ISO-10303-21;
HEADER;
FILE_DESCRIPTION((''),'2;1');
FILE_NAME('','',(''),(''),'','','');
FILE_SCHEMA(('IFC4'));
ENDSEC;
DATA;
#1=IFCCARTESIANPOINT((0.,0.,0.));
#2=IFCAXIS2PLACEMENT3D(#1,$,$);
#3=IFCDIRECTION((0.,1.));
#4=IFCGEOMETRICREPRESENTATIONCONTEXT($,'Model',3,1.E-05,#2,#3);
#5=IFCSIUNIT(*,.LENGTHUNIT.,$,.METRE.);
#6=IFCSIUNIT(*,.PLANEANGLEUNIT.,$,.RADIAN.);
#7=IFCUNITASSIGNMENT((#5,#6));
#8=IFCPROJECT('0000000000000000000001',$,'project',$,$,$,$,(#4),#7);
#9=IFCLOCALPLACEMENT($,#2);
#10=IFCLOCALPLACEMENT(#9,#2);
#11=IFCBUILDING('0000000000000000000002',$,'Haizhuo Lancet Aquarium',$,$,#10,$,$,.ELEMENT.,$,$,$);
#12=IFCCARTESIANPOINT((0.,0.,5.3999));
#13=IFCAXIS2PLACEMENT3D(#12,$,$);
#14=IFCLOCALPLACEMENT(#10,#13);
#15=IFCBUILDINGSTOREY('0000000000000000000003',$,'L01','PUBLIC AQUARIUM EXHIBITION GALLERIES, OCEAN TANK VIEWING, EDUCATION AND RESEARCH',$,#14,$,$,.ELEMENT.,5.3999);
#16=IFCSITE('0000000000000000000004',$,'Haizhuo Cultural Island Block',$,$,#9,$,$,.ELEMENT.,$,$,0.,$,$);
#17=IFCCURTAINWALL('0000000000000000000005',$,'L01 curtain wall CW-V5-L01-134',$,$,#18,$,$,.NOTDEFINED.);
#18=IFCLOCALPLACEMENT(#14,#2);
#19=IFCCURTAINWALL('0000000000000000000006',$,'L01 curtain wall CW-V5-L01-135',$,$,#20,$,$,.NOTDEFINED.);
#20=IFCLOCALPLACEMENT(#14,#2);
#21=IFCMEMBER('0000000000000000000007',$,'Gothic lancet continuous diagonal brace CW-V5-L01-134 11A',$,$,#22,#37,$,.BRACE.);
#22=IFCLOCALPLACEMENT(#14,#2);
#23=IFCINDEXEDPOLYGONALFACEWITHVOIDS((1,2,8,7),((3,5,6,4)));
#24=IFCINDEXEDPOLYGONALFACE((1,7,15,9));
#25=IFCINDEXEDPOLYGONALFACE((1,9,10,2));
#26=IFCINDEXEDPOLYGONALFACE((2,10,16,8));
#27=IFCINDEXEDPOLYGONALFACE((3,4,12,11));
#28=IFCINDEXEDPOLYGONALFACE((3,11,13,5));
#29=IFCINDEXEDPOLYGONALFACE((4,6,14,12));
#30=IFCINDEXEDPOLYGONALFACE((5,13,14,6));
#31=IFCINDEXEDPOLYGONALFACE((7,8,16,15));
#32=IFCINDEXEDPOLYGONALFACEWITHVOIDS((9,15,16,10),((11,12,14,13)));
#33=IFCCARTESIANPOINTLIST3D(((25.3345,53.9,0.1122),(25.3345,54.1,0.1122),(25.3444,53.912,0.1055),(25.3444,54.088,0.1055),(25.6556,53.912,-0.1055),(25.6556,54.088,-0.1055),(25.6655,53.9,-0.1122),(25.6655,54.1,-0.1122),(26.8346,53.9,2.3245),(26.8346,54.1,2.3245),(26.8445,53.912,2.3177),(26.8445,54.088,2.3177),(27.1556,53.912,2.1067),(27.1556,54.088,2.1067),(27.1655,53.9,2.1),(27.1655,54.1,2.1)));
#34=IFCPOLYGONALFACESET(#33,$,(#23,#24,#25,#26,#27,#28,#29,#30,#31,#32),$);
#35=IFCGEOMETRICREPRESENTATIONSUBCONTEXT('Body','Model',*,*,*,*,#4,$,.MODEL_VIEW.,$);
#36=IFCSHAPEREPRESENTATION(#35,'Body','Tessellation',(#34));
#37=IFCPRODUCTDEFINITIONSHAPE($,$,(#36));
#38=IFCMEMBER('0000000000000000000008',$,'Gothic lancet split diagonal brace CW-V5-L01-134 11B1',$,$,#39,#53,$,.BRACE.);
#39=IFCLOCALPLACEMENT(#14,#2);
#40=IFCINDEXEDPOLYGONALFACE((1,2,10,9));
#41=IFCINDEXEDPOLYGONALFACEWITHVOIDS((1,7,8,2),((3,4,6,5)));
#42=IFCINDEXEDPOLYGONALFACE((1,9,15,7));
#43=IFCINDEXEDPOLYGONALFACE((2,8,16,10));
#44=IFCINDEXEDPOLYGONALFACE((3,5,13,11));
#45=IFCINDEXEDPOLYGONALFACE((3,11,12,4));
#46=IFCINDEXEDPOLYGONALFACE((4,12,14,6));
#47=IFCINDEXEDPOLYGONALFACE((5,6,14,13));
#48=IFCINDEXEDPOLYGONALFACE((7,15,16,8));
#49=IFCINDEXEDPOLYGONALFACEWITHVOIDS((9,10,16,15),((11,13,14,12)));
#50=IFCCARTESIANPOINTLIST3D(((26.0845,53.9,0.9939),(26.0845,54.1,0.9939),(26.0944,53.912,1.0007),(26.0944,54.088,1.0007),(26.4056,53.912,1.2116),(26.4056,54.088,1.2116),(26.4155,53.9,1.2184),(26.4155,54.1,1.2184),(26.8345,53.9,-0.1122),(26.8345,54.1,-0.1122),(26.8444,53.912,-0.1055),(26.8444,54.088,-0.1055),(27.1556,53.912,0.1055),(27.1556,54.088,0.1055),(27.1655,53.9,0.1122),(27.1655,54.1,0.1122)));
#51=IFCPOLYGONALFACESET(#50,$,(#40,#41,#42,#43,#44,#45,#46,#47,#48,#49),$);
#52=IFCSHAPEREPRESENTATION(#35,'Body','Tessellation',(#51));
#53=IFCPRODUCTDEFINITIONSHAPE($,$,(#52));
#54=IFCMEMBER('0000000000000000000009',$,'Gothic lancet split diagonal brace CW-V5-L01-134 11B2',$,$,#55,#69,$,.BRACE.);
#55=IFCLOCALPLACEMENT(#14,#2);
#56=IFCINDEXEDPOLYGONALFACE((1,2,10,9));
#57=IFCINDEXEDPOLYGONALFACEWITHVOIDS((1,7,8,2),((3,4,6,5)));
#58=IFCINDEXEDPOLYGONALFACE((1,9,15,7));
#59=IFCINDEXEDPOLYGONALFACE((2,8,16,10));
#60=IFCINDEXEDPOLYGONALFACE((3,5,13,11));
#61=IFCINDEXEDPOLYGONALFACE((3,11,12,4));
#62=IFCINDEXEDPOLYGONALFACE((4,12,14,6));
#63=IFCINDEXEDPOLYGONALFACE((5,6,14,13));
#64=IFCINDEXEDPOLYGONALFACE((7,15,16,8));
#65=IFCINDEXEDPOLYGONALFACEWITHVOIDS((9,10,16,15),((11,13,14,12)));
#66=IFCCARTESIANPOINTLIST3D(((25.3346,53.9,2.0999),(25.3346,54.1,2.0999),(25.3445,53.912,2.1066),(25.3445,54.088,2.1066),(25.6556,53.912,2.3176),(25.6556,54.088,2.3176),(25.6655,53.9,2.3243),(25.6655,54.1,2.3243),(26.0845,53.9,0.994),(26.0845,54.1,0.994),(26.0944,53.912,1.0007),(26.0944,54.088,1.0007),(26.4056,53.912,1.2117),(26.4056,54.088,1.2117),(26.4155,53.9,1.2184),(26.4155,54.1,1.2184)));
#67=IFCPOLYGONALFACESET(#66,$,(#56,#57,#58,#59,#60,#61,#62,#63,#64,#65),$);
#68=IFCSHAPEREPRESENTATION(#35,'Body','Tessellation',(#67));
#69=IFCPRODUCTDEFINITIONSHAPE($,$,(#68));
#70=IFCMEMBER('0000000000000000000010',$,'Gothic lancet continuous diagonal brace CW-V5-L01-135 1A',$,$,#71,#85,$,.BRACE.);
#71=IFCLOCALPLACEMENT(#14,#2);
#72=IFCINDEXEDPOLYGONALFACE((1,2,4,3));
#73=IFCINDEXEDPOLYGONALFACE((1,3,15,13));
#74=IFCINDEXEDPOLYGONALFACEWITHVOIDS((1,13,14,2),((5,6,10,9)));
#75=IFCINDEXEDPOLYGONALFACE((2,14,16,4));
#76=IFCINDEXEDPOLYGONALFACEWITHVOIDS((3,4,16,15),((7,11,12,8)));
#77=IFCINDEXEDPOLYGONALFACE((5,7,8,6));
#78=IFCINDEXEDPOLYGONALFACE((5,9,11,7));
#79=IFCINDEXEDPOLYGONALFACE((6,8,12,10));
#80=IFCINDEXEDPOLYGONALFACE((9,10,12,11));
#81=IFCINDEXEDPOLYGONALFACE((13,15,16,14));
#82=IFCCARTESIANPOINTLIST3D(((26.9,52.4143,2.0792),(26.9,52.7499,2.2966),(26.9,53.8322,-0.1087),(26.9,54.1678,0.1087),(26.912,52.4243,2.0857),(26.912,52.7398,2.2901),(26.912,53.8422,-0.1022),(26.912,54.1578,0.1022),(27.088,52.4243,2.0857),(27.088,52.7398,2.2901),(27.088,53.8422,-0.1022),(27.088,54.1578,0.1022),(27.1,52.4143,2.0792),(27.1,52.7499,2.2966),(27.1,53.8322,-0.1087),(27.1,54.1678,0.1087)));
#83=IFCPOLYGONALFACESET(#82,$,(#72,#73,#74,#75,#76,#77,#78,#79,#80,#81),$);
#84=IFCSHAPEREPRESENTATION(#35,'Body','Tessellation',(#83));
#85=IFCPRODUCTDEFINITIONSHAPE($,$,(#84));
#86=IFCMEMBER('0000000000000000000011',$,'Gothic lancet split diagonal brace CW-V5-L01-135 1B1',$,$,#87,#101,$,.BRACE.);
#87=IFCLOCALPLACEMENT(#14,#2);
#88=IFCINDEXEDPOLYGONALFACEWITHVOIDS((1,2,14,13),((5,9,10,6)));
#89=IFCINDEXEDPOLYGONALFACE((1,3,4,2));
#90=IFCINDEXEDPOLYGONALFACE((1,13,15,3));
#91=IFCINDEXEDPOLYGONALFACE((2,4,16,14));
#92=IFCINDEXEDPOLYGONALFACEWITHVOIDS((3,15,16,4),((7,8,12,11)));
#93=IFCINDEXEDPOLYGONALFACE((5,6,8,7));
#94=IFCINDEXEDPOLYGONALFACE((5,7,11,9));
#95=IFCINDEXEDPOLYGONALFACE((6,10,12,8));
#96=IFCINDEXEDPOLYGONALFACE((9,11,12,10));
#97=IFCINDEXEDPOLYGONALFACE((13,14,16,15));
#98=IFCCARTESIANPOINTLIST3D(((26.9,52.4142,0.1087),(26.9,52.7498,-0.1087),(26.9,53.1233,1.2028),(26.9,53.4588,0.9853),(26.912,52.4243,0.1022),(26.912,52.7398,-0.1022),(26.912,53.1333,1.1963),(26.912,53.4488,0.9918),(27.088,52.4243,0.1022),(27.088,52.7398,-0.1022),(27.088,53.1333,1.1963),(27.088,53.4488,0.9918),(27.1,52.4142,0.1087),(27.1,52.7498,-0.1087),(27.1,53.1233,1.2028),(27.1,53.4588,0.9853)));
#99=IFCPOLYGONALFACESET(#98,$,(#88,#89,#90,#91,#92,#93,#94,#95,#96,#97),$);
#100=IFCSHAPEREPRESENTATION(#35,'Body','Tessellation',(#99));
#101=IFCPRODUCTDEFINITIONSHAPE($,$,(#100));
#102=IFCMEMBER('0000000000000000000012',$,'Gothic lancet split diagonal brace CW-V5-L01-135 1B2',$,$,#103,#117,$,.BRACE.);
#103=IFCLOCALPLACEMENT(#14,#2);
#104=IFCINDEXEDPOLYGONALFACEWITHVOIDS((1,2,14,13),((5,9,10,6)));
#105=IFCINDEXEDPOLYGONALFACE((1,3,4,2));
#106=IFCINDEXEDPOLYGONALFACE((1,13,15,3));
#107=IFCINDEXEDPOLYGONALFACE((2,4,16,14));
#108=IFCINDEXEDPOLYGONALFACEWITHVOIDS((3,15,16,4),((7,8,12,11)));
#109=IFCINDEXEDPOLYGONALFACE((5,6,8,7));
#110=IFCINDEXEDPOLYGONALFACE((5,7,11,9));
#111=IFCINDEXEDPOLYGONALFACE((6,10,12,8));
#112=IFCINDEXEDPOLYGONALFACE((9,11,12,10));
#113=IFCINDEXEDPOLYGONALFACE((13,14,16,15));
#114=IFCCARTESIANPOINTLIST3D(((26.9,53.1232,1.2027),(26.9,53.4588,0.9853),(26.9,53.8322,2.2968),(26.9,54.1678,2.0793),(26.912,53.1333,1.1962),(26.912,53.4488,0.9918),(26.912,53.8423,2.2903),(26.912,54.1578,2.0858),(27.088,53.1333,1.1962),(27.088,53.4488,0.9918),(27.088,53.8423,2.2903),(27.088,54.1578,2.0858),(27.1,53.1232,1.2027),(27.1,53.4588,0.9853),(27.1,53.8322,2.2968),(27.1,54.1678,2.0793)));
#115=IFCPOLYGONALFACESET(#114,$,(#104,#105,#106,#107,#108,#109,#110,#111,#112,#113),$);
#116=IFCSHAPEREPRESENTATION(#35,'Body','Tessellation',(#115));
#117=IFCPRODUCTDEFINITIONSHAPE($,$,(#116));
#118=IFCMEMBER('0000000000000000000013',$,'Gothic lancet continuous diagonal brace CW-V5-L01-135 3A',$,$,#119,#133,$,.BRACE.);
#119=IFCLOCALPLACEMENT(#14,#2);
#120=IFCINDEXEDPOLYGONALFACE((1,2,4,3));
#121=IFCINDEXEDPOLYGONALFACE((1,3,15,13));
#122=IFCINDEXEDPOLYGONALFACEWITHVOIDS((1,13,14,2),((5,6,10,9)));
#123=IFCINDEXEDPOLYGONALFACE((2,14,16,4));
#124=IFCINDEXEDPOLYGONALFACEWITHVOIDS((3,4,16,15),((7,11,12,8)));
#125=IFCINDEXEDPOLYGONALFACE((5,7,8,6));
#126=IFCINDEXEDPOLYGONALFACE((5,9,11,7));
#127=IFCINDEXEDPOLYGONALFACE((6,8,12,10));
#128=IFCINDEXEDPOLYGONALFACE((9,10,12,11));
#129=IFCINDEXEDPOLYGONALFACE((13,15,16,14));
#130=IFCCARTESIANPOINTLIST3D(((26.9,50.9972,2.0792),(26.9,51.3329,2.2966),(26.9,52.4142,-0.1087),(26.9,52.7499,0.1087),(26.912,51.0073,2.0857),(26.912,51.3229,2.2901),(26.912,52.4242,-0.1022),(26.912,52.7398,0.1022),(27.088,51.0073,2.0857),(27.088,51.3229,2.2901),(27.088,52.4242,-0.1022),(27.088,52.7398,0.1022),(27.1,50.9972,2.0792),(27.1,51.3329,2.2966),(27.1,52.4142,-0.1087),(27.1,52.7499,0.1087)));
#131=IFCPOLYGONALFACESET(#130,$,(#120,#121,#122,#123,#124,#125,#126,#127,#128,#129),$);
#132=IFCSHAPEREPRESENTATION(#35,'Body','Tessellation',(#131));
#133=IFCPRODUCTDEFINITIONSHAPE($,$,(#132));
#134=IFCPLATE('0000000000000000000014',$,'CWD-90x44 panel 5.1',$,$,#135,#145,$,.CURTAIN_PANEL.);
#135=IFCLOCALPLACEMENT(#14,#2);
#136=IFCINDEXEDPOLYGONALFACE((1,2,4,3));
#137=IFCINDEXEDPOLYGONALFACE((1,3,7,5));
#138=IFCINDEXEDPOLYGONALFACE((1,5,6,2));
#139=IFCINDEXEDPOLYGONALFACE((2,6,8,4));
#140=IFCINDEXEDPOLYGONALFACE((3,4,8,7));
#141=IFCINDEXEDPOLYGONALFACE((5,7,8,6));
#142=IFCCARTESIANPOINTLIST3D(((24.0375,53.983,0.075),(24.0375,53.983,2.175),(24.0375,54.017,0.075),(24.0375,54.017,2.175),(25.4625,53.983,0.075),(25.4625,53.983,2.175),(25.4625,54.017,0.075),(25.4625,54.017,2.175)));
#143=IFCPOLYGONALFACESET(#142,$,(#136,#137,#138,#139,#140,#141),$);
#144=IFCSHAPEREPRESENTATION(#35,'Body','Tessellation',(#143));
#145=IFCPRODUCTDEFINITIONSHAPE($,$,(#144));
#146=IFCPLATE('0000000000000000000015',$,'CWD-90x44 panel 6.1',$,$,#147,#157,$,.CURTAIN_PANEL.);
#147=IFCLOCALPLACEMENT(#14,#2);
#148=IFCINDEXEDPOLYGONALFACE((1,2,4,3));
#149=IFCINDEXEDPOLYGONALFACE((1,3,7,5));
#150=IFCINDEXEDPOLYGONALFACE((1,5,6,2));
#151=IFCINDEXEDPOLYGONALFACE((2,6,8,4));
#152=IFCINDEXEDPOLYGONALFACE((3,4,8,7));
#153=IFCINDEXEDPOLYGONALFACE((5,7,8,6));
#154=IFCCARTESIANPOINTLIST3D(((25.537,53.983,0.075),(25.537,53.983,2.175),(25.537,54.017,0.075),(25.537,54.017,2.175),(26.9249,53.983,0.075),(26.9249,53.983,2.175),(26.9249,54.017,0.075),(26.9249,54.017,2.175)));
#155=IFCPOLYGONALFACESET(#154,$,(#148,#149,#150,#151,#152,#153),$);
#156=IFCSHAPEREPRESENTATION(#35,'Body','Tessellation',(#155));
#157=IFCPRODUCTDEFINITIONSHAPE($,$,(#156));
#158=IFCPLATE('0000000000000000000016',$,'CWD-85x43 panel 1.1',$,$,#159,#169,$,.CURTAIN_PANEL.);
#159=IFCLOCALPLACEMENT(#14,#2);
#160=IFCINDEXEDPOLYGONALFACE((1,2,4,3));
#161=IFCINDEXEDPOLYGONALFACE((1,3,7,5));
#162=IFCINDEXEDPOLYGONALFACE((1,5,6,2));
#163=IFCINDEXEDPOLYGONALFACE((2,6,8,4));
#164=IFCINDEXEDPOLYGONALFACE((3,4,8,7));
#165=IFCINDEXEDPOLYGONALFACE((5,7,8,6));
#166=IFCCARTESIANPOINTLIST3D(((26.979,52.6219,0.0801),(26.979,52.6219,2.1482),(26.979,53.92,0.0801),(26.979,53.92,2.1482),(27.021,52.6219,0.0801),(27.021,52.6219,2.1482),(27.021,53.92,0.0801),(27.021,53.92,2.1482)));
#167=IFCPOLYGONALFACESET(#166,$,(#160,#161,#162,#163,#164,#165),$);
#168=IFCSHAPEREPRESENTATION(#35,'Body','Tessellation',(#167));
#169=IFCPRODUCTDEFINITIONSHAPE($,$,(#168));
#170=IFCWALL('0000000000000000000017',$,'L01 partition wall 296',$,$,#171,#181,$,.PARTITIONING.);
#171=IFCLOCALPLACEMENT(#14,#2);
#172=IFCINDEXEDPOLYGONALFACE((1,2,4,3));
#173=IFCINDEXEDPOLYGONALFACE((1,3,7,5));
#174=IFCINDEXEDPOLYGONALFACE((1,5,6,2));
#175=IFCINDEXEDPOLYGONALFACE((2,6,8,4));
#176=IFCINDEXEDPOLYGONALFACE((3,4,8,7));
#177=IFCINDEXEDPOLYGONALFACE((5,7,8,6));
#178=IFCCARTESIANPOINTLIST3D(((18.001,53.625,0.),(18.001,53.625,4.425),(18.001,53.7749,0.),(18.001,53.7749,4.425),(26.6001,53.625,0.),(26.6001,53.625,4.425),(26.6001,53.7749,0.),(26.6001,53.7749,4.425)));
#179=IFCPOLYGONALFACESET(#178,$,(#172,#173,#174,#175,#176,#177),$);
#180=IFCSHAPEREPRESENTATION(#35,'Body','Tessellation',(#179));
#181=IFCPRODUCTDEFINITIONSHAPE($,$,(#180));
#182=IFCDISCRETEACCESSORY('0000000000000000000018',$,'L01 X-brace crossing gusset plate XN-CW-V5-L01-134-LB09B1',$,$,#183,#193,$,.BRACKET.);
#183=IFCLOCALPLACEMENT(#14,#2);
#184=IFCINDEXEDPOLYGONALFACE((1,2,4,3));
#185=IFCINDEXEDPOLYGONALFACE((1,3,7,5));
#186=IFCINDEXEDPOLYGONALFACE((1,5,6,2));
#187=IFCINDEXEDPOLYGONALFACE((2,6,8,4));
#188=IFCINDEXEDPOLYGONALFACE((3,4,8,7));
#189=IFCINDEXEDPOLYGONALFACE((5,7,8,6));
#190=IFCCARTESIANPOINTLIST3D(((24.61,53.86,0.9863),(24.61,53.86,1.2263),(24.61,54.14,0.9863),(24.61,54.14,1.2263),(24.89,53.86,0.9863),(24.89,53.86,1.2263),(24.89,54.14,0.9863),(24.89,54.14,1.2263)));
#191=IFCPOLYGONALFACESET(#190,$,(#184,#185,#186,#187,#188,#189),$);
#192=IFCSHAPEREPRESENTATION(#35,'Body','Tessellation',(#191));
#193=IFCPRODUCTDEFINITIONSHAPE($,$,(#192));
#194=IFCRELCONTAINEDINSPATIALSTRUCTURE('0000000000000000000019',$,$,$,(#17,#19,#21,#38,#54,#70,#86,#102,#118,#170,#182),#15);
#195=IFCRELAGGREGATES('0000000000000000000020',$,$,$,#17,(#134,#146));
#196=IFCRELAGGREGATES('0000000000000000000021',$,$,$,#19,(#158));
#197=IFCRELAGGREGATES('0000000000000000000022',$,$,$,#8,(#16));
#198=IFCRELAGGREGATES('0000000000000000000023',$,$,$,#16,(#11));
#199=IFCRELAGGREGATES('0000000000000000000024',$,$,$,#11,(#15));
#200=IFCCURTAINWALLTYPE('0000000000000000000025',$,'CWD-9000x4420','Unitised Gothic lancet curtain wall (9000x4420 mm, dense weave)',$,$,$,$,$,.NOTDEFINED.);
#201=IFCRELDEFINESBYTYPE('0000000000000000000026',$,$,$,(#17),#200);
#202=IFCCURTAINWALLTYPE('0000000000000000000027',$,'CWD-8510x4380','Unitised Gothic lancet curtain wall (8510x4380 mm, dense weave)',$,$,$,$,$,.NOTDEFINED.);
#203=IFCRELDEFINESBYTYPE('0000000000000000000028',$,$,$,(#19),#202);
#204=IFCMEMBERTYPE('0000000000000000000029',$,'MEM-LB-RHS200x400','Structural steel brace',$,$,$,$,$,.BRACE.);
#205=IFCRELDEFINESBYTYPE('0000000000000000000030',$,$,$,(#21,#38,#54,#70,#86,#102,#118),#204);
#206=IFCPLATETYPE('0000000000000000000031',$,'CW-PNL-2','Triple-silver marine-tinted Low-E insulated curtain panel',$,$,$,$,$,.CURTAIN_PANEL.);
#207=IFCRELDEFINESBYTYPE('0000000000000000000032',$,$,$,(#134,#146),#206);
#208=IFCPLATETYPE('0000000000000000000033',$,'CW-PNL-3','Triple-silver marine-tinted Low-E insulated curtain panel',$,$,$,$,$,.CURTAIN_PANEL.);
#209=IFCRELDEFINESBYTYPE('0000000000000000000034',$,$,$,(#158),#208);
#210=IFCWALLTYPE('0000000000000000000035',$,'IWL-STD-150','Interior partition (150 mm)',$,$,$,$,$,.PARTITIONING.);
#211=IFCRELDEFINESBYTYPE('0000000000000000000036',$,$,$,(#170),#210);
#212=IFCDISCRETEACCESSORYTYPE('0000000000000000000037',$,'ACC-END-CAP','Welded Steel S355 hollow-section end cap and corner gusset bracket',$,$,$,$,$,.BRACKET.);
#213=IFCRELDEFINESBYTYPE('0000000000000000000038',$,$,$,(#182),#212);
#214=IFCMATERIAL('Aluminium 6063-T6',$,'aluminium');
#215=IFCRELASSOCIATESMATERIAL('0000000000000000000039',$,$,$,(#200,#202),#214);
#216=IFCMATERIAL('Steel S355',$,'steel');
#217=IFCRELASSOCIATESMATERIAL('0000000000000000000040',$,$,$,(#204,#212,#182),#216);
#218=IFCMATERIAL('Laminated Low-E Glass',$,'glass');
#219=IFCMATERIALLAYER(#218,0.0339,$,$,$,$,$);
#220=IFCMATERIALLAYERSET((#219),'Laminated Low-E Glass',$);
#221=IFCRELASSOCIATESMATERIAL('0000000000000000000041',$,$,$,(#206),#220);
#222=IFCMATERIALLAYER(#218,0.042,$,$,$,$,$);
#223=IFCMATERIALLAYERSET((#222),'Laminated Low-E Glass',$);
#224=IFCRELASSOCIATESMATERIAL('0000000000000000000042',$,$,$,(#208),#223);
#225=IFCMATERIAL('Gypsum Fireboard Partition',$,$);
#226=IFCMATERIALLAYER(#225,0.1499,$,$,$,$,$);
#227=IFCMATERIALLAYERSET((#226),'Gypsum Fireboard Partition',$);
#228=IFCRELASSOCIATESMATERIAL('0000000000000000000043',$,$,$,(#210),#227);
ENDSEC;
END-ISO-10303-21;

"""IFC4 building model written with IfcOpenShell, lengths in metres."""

from ifc_helpers import new_model, si_unit, direction, frame, frame_2d, origin, origin_2d, place, context, subcontext, project, spatial, rectangle, hollow_rectangle, extrude, material, layer, layer_set, material_profile, profile_set, type_object, element, aggregate, save


model = new_model("IFC4")

# Units and contexts
model_context = context("Model", 3, precision=1e-05, world=origin(), true_north=direction((0.0, 1.0)))
body_context = subcontext(model_context, "Body", "Model", "MODEL_VIEW")
ifc_project = project(units=[si_unit("LENGTHUNIT", "METRE"), si_unit("PLANEANGLEUNIT", "RADIAN")], contexts=[model_context])

# Site, building, storey
site_placement = place(None, origin())
site = spatial("IfcSite", under=ifc_project, at=site_placement, Name="Haizhuo Cultural Island Block", CompositionType="ELEMENT", RefElevation=0.0)
building_placement = place(site_placement, origin())
building = spatial("IfcBuilding", under=site, at=building_placement, Name="Haizhuo Lancet Aquarium", CompositionType="ELEMENT")
storey_placement = place(building_placement, frame((0.0, 0.0, 5.3999)))
storey = spatial("IfcBuildingStorey", under=building, at=storey_placement, Name="L01", Description="PUBLIC AQUARIUM EXHIBITION GALLERIES, OCEAN TANK VIEWING, EDUCATION AND RESEARCH", CompositionType="ELEMENT", Elevation=5.3999)

# Curtain walls
ifc_material_1 = material(Name="Aluminium 6063-T6", Category="aluminium")
curtain_wall_type_1 = type_object("IfcCurtainWallType", Name="CWD-9000x4420", Description="Unitised Gothic lancet curtain wall (9000x4420 mm, dense weave)", PredefinedType="NOTDEFINED", material=ifc_material_1)
curtain_wall_1_placement = place(storey_placement, origin())
curtain_wall_1 = element("IfcCurtainWall", 1, at=curtain_wall_1_placement, inside=storey, type_object=curtain_wall_type_1, Name="L01 curtain wall CW-V5-L01-134", PredefinedType="NOTDEFINED")
curtain_wall_type_2 = type_object("IfcCurtainWallType", Name="CWD-8510x4380", Description="Unitised Gothic lancet curtain wall (8510x4380 mm, dense weave)", PredefinedType="NOTDEFINED", material=ifc_material_1)
curtain_wall_2_placement = place(storey_placement, origin())
curtain_wall_2 = element("IfcCurtainWall", 2, at=curtain_wall_2_placement, inside=storey, type_object=curtain_wall_type_2, Name="L01 curtain wall CW-V5-L01-135", PredefinedType="NOTDEFINED")

# Members
ifc_material_2 = material(Name="Steel S355", Category="steel")
ifc_material_profile_1 = material_profile(ifc_material_2, hollow_rectangle(XDim=0.2, YDim=0.3999, WallThickness=0.012, at=origin_2d()), Name="RHS 200x400x12")
ifc_profile_set_1 = profile_set([ifc_material_profile_1], Name="Steel S355")
member_type_1 = type_object("IfcMemberType", Name="MEM-LB-RHS200x400", Description="Structural steel brace", PredefinedType="BRACE", material=ifc_profile_set_1)
member_1_placement = place(storey_placement, frame((25.5, 54.0, 0.0), z_axis=(0.561218, 0.0, 0.827668), x_axis=(0.0, 1.0, 0.0)))
element("IfcMember", 3, at=member_1_placement, inside=storey, type_object=member_type_1, Name="Gothic lancet continuous diagonal brace CW-V5-L01-134 11A", PredefinedType="BRACE", context=body_context, shape_type="SweptSolid", body=[
    extrude(hollow_rectangle(XDim=0.2, YDim=0.3999, WallThickness=0.012, at=origin_2d()), origin(), (0.0, 0.0, 1.0), 2.6729),
])
member_2_placement = place(storey_placement, frame((27.0, 54.0, 0.0), z_axis=(-0.561175, 0.0, 0.827697), x_axis=(0.0, -1.0, 0.0)))
element("IfcMember", 4, at=member_2_placement, inside=storey, type_object=member_type_1, Name="Gothic lancet split diagonal brace CW-V5-L01-134 11B1", PredefinedType="BRACE", context=body_context, shape_type="SweptSolid", body=[
    extrude(hollow_rectangle(XDim=0.2, YDim=0.3999, WallThickness=0.012, at=origin_2d()), origin(), (0.0, 0.0, 1.0), 1.3364),
])
member_3_placement = place(storey_placement, frame((26.25, 54.0, 1.1062), z_axis=(-0.56126, 0.0, 0.827639), x_axis=(0.0, -1.0, 0.0)))
element("IfcMember", 5, at=member_3_placement, inside=storey, type_object=member_type_1, Name="Gothic lancet split diagonal brace CW-V5-L01-134 11B2", PredefinedType="BRACE", context=body_context, shape_type="SweptSolid", body=[
    extrude(hollow_rectangle(XDim=0.2, YDim=0.3999, WallThickness=0.012, at=origin_2d()), origin(), (0.0, 0.0, 1.0), 1.3362),
])
member_4_placement = place(storey_placement, frame((27.0, 54.0, 0.0), z_axis=(0.0, -0.543849, 0.839183), x_axis=(1.0, 0.0, 0.0)))
element("IfcMember", 6, at=member_4_placement, inside=storey, type_object=member_type_1, Name="Gothic lancet continuous diagonal brace CW-V5-L01-135 1A", PredefinedType="BRACE", context=body_context, shape_type="SweptSolid", body=[
    extrude(hollow_rectangle(XDim=0.2, YDim=0.3999, WallThickness=0.012, at=origin_2d()), origin(), (0.0, 0.0, 1.0), 2.6072),
])
for number, where, z_axis, x_axis, name in (
    (7, (27.0, 52.582, 0.0), (0.0, 0.543849, 0.839183), (-1.0, 0.0, 0.0), "Gothic lancet split diagonal brace CW-V5-L01-135 1B1"),
    (8, (27.0, 53.291, 1.094), (0.0, 0.543849, 0.839183), (-1.0, 0.0, 0.0), "Gothic lancet split diagonal brace CW-V5-L01-135 1B2"),
):
    element("IfcMember", number, at=place(storey_placement, frame(where, z_axis=z_axis, x_axis=x_axis)), inside=storey, type_object=member_type_1, Name=name, PredefinedType="BRACE", context=body_context, shape_type="SweptSolid", body=[
        extrude(hollow_rectangle(XDim=0.2, YDim=0.3999, WallThickness=0.012, at=origin_2d()), origin(), (0.0, 0.0, 1.0), 1.3037),
    ])
member_5_placement = place(storey_placement, frame((27.0, 52.582, 0.0), z_axis=(0.0, -0.543585, 0.839354), x_axis=(1.0, 0.0, 0.0)))
element("IfcMember", 9, at=member_5_placement, inside=storey, type_object=member_type_1, Name="Gothic lancet continuous diagonal brace CW-V5-L01-135 3A", PredefinedType="BRACE", context=body_context, shape_type="SweptSolid", body=[
    extrude(hollow_rectangle(XDim=0.2, YDim=0.3999, WallThickness=0.012, at=origin_2d()), origin(), (0.0, 0.0, 1.0), 2.6067),
])

# Plates
ifc_material_3 = material(Name="Laminated Low-E Glass", Category="glass")
ifc_layer_1 = layer(ifc_material_3, 0.0339)
ifc_layer_set_1 = layer_set([ifc_layer_1], Name="Laminated Low-E Glass")
plate_type_1 = type_object("IfcPlateType", Name="CW-PNL-2", Description="Triple-silver marine-tinted Low-E insulated curtain panel", PredefinedType="CURTAIN_PANEL", material=ifc_layer_set_1)
plate_1_placement = place(storey_placement, frame((24.75, 54.0, 0.075), z_axis=(0.0, 0.0, 1.0), x_axis=(1.0, 0.0, 0.0)))
plate_1 = element("IfcPlate", 10, at=plate_1_placement, type_object=plate_type_1, Name="CWD-90x44 panel 5.1", PredefinedType="CURTAIN_PANEL", context=body_context, shape_type="SweptSolid", body=[
    extrude(rectangle(XDim=1.425, YDim=0.0339, at=origin_2d()), origin(), (0.0, 0.0, 1.0), 2.1001),
])
plate_2_placement = place(storey_placement, frame((26.231, 54.0, 0.075), z_axis=(0.0, 0.0, 1.0), x_axis=(1.0, 0.0, 0.0)))
plate_2 = element("IfcPlate", 11, at=plate_2_placement, type_object=plate_type_1, Name="CWD-90x44 panel 6.1", PredefinedType="CURTAIN_PANEL", context=body_context, shape_type="SweptSolid", body=[
    extrude(rectangle(XDim=1.3879, YDim=0.0339, at=origin_2d()), origin(), (0.0, 0.0, 1.0), 2.1001),
])
aggregate(curtain_wall_1, [plate_1, plate_2])
ifc_layer_2 = layer(ifc_material_3, 0.042)
ifc_layer_set_2 = layer_set([ifc_layer_2], Name="Laminated Low-E Glass")
plate_type_2 = type_object("IfcPlateType", Name="CW-PNL-3", Description="Triple-silver marine-tinted Low-E insulated curtain panel", PredefinedType="CURTAIN_PANEL", material=ifc_layer_set_2)
plate_3_placement = place(storey_placement, frame((27.0, 53.271, 0.0801), z_axis=(0.0, 0.0, 1.0), x_axis=(0.0, -1.0, 0.0)))
plate_3 = element("IfcPlate", 12, at=plate_3_placement, type_object=plate_type_2, Name="CWD-85x43 panel 1.1", PredefinedType="CURTAIN_PANEL", context=body_context, shape_type="SweptSolid", body=[
    extrude(rectangle(XDim=1.2981, YDim=0.042, at=origin_2d()), origin(), (0.0, 0.0, 1.0), 2.0681),
])
aggregate(curtain_wall_2, [plate_3])

# Wall
ifc_material_4 = material(Name="Gypsum Fireboard Partition")
ifc_layer_3 = layer(ifc_material_4, 0.1499)
ifc_layer_set_3 = layer_set([ifc_layer_3], Name="Gypsum Fireboard Partition")
wall_type = type_object("IfcWallType", Name="IWL-STD-150", Description="Interior partition (150 mm)", PredefinedType="PARTITIONING", material=ifc_layer_set_3)
wall_placement = place(storey_placement, frame((26.6001, 53.7, 0.0), z_axis=(0.0, 0.0, 1.0), x_axis=(-1.0, 0.0, 0.0)))
element("IfcWall", 13, at=wall_placement, inside=storey, type_object=wall_type, Name="L01 partition wall 296", PredefinedType="PARTITIONING", context=body_context, shape_type="SweptSolid", body=[
    extrude(rectangle(XDim=8.5991, YDim=0.1499, at=frame_2d((4.2996, 0.0))), origin(), (0.0, 0.0, 1.0), 4.425),
])

# Discrete accessory
discrete_accessory_type = type_object("IfcDiscreteAccessoryType", Name="ACC-END-CAP", Description="Welded Steel S355 hollow-section end cap and corner gusset bracket", PredefinedType="BRACKET", material=ifc_material_2)
for number, where, z_axis, x_axis, name in (
    (14, (24.75, 54.0, 0.9863), (0.0, 0.0, 1.0), (1.0, 0.0, 0.0), "L01 X-brace crossing gusset plate XN-CW-V5-L01-134-LB09B1"),
):
    element("IfcDiscreteAccessory", number, at=place(storey_placement, frame(where, z_axis=z_axis, x_axis=x_axis)), inside=storey, type_object=discrete_accessory_type, material=ifc_material_2, Name=name, PredefinedType="BRACKET", context=body_context, shape_type="SweptSolid", body=[
        extrude(rectangle(XDim=0.28, YDim=0.28, at=origin_2d()), origin(), (0.0, 0.0, 1.0), 0.24),
    ])

save(model, "model.ifc")
